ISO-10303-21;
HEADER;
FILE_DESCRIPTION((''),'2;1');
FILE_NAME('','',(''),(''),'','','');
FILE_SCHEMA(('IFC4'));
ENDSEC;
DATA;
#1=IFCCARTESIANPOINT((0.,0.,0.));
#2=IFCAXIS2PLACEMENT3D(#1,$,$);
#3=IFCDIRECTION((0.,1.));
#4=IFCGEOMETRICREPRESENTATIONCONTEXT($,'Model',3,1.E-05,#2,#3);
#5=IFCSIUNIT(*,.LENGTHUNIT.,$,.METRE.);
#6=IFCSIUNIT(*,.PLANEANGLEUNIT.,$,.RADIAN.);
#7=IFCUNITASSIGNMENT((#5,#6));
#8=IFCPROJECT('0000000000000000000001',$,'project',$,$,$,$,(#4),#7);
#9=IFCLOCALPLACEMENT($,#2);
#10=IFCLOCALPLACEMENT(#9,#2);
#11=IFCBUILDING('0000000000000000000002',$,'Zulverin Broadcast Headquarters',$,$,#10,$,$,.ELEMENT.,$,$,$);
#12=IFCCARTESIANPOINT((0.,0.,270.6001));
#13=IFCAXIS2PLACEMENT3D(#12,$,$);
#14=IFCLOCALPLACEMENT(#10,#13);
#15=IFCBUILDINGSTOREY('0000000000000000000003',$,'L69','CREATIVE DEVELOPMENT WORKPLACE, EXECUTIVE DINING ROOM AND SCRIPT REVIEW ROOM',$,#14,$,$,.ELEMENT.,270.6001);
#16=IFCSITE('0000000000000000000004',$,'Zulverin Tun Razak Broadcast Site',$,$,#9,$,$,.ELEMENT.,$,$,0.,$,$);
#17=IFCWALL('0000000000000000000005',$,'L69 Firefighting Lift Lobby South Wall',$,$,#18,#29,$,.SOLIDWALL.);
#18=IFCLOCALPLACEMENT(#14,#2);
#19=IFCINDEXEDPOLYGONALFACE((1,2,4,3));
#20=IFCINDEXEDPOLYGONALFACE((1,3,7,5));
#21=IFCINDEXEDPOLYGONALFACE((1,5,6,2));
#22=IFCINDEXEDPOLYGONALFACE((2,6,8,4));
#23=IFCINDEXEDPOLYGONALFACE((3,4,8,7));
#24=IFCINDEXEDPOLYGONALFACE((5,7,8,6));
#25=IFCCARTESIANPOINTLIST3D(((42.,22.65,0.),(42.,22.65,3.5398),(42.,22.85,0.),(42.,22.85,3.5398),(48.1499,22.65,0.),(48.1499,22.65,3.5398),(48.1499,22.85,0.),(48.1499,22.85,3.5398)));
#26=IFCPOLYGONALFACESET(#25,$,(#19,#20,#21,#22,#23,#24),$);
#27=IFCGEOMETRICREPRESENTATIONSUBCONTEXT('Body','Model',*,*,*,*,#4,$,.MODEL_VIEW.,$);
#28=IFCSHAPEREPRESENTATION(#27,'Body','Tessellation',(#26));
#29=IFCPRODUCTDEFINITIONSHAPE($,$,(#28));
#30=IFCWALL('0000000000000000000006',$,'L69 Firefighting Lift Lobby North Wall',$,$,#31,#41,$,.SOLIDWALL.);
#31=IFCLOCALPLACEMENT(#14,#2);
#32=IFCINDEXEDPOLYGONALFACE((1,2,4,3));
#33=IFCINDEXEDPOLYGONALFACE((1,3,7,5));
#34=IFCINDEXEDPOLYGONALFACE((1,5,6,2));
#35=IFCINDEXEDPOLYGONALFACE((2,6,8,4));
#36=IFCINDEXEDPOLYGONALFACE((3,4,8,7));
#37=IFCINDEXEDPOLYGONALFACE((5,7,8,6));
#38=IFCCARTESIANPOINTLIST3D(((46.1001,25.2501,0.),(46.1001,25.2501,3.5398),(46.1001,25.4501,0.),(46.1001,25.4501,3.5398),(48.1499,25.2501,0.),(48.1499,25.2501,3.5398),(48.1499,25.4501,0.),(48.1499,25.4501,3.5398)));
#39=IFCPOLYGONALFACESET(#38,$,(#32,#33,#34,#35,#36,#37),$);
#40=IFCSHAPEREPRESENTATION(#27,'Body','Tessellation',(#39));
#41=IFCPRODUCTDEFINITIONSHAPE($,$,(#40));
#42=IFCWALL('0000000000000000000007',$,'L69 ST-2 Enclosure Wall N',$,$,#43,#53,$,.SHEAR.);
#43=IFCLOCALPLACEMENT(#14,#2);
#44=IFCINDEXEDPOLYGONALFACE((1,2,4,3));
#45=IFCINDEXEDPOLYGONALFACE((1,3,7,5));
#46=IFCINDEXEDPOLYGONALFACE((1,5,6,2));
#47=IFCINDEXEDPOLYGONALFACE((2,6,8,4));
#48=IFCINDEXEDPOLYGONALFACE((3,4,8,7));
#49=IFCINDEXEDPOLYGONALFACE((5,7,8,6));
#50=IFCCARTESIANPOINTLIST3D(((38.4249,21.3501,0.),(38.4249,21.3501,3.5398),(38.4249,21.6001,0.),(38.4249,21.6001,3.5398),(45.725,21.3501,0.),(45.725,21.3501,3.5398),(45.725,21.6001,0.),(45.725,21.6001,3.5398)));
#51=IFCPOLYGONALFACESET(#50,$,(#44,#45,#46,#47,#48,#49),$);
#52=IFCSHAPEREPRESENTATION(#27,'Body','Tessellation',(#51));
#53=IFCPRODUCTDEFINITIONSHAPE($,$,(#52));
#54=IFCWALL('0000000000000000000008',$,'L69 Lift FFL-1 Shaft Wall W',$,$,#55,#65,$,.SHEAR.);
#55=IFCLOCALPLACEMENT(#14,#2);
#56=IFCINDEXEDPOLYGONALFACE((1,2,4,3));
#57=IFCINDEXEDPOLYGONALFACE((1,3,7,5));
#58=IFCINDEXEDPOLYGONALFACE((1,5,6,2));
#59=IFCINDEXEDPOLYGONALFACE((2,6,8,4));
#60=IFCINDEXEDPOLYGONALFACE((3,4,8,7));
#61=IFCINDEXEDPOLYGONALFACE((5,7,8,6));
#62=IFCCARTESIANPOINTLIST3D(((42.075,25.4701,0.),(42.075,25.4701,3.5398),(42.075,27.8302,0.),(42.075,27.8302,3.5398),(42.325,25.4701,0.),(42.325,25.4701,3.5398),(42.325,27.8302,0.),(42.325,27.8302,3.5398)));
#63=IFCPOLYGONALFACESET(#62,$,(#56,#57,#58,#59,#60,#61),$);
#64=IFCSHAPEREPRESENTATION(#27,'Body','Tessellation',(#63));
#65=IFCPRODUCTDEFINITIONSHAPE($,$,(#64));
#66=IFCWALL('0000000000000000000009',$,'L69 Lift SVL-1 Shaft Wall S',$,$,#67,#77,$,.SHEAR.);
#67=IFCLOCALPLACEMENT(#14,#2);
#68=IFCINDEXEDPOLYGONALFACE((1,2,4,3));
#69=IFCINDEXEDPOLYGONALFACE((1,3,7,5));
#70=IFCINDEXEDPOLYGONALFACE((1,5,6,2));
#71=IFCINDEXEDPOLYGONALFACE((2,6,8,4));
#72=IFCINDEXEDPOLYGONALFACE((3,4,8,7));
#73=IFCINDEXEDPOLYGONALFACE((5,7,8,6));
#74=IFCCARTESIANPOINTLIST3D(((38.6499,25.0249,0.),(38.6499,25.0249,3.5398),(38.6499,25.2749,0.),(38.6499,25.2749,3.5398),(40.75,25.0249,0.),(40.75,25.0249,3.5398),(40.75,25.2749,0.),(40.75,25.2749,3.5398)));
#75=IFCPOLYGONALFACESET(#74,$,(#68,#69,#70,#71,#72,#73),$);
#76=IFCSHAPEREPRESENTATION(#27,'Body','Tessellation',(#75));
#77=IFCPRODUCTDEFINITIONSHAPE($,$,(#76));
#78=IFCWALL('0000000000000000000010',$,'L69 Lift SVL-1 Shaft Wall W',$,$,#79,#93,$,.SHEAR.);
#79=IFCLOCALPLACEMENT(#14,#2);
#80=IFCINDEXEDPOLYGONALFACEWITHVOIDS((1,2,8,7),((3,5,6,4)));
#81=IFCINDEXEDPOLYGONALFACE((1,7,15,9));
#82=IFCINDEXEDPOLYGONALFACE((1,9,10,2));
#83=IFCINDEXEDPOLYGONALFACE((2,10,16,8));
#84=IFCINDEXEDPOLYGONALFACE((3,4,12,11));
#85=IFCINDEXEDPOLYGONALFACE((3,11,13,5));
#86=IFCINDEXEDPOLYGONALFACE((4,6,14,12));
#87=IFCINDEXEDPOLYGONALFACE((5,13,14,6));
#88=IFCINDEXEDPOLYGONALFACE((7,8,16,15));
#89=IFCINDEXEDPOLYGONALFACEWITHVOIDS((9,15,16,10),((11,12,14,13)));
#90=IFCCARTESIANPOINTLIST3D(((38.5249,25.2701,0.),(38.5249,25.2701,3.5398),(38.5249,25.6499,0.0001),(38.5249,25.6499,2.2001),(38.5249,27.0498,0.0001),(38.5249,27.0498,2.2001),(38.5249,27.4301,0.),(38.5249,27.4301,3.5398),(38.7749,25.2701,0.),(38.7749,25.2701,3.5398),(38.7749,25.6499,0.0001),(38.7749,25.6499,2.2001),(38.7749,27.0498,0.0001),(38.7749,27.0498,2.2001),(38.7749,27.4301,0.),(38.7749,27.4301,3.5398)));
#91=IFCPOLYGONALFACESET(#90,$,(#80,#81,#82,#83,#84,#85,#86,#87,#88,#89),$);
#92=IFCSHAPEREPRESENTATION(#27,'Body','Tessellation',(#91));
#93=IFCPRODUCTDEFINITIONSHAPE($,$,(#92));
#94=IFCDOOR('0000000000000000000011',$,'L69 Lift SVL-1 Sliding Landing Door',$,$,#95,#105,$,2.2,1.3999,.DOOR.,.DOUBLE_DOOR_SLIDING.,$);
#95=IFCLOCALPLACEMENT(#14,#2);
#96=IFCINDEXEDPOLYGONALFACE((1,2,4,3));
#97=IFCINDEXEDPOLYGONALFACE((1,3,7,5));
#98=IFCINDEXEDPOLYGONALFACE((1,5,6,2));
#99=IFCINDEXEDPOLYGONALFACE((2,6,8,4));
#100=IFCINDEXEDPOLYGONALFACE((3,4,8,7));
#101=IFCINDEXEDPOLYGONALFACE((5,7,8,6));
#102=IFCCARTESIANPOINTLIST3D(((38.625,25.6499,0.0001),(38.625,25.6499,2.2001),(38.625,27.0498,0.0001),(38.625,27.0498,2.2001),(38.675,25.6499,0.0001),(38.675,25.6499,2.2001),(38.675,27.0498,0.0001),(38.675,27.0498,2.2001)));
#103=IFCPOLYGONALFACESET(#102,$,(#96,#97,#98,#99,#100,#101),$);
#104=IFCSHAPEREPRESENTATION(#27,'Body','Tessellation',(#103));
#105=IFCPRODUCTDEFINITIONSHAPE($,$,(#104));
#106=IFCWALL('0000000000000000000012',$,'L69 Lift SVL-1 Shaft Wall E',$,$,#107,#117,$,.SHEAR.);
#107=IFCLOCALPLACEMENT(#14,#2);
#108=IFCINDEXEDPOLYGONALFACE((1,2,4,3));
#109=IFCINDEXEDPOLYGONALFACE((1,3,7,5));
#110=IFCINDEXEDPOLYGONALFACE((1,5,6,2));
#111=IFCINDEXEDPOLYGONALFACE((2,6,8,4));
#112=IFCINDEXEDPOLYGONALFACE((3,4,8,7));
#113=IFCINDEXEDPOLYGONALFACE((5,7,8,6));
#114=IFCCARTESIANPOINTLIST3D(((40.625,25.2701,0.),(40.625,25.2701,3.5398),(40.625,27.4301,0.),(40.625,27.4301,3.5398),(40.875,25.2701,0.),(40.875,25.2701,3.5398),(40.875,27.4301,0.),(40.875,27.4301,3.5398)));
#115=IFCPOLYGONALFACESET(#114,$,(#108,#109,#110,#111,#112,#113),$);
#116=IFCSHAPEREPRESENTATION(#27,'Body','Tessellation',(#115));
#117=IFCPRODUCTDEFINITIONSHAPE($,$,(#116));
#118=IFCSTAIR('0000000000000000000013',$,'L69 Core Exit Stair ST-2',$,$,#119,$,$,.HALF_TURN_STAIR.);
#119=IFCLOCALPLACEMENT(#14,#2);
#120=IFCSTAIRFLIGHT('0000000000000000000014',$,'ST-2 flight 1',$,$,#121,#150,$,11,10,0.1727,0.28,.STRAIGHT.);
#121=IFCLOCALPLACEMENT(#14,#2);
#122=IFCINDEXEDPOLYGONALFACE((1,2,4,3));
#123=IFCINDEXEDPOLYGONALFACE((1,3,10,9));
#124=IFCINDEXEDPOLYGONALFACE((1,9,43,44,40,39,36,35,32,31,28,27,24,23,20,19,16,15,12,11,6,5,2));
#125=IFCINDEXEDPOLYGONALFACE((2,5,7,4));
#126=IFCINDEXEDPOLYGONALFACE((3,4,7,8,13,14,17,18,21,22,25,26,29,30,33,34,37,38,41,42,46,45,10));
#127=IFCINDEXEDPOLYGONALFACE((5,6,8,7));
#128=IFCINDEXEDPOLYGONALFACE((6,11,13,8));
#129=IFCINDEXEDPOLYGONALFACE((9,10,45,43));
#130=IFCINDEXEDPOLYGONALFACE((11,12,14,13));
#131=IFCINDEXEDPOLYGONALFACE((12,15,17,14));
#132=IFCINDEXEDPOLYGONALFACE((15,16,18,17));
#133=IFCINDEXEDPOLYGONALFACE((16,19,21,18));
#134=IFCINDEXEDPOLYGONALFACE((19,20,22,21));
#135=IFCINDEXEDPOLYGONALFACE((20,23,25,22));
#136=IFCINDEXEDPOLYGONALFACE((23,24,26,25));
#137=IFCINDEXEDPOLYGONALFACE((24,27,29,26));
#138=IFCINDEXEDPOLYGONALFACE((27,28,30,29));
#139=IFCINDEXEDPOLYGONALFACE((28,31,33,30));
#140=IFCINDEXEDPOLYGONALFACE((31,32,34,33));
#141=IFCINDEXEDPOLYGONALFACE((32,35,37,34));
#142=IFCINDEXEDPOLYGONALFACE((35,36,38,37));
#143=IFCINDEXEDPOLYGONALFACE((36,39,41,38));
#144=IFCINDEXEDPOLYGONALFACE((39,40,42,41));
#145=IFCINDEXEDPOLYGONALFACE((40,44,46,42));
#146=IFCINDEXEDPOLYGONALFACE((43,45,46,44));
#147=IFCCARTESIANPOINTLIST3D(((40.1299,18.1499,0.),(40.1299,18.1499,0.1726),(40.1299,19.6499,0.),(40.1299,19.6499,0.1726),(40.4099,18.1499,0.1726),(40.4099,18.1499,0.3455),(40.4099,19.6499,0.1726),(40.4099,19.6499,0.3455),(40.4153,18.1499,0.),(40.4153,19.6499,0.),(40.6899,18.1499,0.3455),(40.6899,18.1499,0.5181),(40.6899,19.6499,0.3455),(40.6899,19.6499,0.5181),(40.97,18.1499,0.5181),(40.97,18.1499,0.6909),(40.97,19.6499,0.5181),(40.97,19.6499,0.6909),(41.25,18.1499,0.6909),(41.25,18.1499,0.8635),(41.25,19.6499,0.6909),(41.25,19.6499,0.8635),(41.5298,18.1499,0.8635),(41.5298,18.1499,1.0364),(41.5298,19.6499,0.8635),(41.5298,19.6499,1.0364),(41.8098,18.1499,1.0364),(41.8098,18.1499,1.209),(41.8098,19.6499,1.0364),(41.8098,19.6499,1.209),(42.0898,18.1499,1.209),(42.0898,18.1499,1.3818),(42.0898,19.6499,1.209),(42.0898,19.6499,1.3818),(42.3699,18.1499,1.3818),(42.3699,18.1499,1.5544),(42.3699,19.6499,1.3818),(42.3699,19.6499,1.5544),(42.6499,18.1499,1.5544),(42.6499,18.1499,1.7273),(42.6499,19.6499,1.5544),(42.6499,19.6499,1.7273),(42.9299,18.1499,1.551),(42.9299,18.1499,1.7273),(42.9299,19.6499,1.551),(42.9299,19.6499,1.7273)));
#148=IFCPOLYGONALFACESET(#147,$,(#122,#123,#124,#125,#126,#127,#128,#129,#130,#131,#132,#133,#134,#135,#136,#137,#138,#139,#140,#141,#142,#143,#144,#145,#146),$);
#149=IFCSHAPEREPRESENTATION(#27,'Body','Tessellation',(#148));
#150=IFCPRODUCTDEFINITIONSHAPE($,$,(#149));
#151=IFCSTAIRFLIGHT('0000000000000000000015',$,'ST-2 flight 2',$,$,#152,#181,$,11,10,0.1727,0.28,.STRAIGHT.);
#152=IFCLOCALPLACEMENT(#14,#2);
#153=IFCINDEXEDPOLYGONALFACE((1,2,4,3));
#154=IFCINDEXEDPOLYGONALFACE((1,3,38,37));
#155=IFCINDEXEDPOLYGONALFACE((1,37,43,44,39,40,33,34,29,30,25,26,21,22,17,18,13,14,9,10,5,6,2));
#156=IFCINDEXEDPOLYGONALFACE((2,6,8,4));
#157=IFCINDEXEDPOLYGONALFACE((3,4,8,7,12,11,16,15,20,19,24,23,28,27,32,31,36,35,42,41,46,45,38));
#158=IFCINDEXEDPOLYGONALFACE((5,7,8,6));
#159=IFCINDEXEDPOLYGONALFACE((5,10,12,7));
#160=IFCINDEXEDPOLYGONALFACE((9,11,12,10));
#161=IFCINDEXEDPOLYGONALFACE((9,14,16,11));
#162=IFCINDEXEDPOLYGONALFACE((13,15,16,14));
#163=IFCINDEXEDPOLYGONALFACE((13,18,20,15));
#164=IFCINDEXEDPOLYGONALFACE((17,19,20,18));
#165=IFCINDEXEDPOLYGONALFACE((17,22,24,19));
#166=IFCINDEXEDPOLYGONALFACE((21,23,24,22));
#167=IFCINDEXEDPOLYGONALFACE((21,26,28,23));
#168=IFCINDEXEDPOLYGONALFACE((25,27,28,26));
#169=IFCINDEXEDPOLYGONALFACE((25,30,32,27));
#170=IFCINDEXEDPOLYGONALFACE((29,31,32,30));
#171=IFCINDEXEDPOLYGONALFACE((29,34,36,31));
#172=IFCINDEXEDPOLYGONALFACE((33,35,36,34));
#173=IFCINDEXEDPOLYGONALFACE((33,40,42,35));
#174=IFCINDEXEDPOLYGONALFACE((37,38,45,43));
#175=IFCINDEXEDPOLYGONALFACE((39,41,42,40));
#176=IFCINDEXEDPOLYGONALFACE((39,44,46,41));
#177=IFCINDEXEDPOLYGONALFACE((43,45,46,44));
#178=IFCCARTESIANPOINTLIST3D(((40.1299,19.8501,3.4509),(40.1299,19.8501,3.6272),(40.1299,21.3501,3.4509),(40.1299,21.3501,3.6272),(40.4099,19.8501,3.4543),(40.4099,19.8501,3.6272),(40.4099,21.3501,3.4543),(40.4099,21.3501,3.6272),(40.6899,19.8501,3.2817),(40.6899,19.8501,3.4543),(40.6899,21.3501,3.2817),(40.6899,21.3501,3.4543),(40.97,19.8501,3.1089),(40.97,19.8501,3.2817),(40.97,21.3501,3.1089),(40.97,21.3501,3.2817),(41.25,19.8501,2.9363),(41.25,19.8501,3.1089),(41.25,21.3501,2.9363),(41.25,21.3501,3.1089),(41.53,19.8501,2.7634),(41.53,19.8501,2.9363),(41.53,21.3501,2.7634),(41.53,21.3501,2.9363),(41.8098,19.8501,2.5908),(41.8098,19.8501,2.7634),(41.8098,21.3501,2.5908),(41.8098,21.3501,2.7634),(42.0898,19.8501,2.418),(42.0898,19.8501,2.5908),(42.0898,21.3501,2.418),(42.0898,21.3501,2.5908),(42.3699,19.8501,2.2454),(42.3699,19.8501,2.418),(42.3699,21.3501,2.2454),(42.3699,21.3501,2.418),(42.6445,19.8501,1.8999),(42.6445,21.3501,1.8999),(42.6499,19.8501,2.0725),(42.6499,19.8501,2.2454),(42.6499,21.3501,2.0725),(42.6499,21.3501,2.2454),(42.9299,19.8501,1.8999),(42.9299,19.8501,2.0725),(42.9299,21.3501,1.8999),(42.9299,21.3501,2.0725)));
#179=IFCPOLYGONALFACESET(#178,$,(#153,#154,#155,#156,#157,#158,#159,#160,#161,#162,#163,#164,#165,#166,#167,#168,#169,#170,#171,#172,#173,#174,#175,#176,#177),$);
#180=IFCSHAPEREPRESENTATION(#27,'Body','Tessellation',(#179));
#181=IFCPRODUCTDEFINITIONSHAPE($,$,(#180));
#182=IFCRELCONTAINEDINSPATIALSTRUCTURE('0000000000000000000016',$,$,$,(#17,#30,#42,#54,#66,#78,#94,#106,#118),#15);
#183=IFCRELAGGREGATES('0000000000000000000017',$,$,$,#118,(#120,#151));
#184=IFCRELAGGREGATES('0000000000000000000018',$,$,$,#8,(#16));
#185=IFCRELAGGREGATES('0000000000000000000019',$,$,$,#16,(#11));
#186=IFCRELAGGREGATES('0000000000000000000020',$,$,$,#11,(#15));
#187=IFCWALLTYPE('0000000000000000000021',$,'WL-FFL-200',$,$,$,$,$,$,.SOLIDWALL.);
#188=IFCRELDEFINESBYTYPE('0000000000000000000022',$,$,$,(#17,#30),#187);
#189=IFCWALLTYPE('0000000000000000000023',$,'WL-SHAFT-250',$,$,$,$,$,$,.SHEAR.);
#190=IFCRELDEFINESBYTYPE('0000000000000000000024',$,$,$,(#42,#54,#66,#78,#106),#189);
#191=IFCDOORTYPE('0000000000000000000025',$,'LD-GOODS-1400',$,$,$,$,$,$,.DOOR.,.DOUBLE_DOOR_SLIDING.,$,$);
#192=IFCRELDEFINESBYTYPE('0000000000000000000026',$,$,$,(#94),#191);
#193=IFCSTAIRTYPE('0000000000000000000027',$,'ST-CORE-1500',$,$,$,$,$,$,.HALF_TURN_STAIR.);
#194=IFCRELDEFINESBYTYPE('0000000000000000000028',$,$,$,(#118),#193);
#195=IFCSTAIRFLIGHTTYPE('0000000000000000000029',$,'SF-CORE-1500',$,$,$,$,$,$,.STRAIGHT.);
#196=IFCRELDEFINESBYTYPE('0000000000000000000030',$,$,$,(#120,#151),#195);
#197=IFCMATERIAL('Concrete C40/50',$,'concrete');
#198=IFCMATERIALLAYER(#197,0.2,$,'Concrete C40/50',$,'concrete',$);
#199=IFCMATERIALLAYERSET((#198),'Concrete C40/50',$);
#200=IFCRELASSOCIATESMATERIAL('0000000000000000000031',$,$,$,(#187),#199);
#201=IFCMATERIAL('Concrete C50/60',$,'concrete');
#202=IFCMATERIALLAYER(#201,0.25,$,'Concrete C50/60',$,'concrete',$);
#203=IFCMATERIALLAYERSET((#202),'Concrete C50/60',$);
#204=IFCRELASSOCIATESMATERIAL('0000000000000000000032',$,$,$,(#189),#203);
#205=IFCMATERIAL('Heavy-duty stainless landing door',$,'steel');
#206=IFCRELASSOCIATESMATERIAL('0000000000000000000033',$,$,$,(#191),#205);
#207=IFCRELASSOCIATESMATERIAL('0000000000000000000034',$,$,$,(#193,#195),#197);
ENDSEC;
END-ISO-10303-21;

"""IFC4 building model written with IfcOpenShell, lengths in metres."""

from ifc_helpers import new_model, si_unit, direction, frame, frame_2d, origin, place, context, subcontext, project, spatial, polyline, rectangle, outline, extrude, material, layer, layer_set, type_object, element, fill, aggregate, save


model = new_model("IFC4")

# Units and contexts
model_context = context("Model", 3, precision=1e-05, world=origin(), true_north=direction((0.0, 1.0)))
body_context = subcontext(model_context, "Body", "Model", "MODEL_VIEW")
ifc_project = project(units=[si_unit("LENGTHUNIT", "METRE"), si_unit("PLANEANGLEUNIT", "RADIAN")], contexts=[model_context])

# Site, building, storey
site_placement = place(None, origin())
site = spatial("IfcSite", under=ifc_project, at=site_placement, Name="Zulverin Tun Razak Broadcast Site", CompositionType="ELEMENT", RefElevation=0.0)
building_placement = place(site_placement, origin())
building = spatial("IfcBuilding", under=site, at=building_placement, Name="Zulverin Broadcast Headquarters", CompositionType="ELEMENT")
storey_placement = place(building_placement, frame((0.0, 0.0, 270.6001)))
storey = spatial("IfcBuildingStorey", under=building, at=storey_placement, Name="L69", Description="CREATIVE DEVELOPMENT WORKPLACE, EXECUTIVE DINING ROOM AND SCRIPT REVIEW ROOM", CompositionType="ELEMENT", Elevation=270.6001)

# Shared definitions
ifc_material_1 = material(Name="Concrete C40/50", Category="concrete")
ifc_layer_1 = layer(ifc_material_1, 0.2, Name="Concrete C40/50", Category="concrete")
ifc_layer_set_1 = layer_set([ifc_layer_1], Name="Concrete C40/50")
wall_type_1 = type_object("IfcWallType", Name="WL-FFL-200", PredefinedType="SOLIDWALL", material=ifc_layer_set_1)

# Walls
wall_1_placement = place(storey_placement, frame((42.0, 22.75, 0.0), z_axis=(0.0, 0.0, 1.0), x_axis=(1.0, 0.0, 0.0)))
element("IfcWall", 1, at=wall_1_placement, inside=storey, type_object=wall_type_1, Name="L69 Firefighting Lift Lobby South Wall", PredefinedType="SOLIDWALL", context=body_context, shape_type="SweptSolid", body=[
    extrude(rectangle(XDim=6.1499, YDim=0.2, at=frame_2d((3.075, 0.0))), origin(), (0.0, 0.0, 1.0), 3.5398),
])
wall_2_placement = place(storey_placement, frame((46.1001, 25.3501, 0.0), z_axis=(0.0, 0.0, 1.0), x_axis=(1.0, 0.0, 0.0)))
element("IfcWall", 2, at=wall_2_placement, inside=storey, type_object=wall_type_1, Name="L69 Firefighting Lift Lobby North Wall", PredefinedType="SOLIDWALL", context=body_context, shape_type="SweptSolid", body=[
    extrude(rectangle(XDim=2.0498, YDim=0.2, at=frame_2d((1.0249, 0.0))), origin(), (0.0, 0.0, 1.0), 3.5398),
])
ifc_material_2 = material(Name="Concrete C50/60", Category="concrete")
ifc_layer_2 = layer(ifc_material_2, 0.25, Name="Concrete C50/60", Category="concrete")
ifc_layer_set_2 = layer_set([ifc_layer_2], Name="Concrete C50/60")
wall_type_2 = type_object("IfcWallType", Name="WL-SHAFT-250", PredefinedType="SHEAR", material=ifc_layer_set_2)
wall_3_placement = place(storey_placement, frame((38.425, 21.4751, 0.0), z_axis=(0.0, 0.0, 1.0), x_axis=(1.0, 0.0, 0.0)))
element("IfcWall", 3, at=wall_3_placement, inside=storey, type_object=wall_type_2, Name="L69 ST-2 Enclosure Wall N", PredefinedType="SHEAR", context=body_context, shape_type="SweptSolid", body=[
    extrude(rectangle(XDim=7.3, YDim=0.25, at=frame_2d((3.6499, 0.0))), origin(), (0.0, 0.0, 1.0), 3.5398),
])

# Wall
wall_4_placement = place(storey_placement, frame((42.2, 25.47, 0.0), z_axis=(0.0, 0.0, 1.0), x_axis=(0.0, 1.0, 0.0)))
element("IfcWall", 4, at=wall_4_placement, inside=storey, type_object=wall_type_2, Name="L69 Lift FFL-1 Shaft Wall W", PredefinedType="SHEAR", context=body_context, shape_type="SweptSolid", body=[
    extrude(rectangle(XDim=2.3601, YDim=0.25, at=frame_2d((1.1802, 0.0))), origin(), (0.0, 0.0, 1.0), 3.5398),
])

# Wall
wall_5_placement = place(storey_placement, frame((38.6499, 25.1499, 0.0), z_axis=(0.0, 0.0, 1.0), x_axis=(1.0, 0.0, 0.0)))
element("IfcWall", 5, at=wall_5_placement, inside=storey, type_object=wall_type_2, Name="L69 Lift SVL-1 Shaft Wall S", PredefinedType="SHEAR", context=body_context, shape_type="SweptSolid", body=[
    extrude(rectangle(XDim=2.1001, YDim=0.25, at=frame_2d((1.05, 0.0))), origin(), (0.0, 0.0, 1.0), 3.5398),
])

# Wall, opening, door
wall_6_placement = place(storey_placement, frame((38.6499, 25.27, 0.0), z_axis=(0.0, 0.0, 1.0), x_axis=(0.0, 1.0, 0.0)))
wall_6 = element("IfcWall", 6, at=wall_6_placement, inside=storey, type_object=wall_type_2, Name="L69 Lift SVL-1 Shaft Wall W", PredefinedType="SHEAR", context=body_context, shape_type="SweptSolid", body=[
    extrude(rectangle(XDim=2.1599, YDim=0.25, at=frame_2d((1.0801, 0.0))), origin(), (0.0, 0.0, 1.0), 3.5398),
])
opening_1_placement = place(wall_6_placement, frame((0.3799, 0.0, 0.0)))
opening_1 = element("IfcOpeningElement", 7, at=opening_1_placement, cuts=wall_6, PredefinedType="OPENING", context=body_context, shape_type="SweptSolid", body=[
    extrude(rectangle(XDim=1.3999, YDim=2.2, at=frame_2d((0.7, 1.1001))), frame((0.0, 0.135, 0.0), z_axis=(0.0, -1.0, 0.0), x_axis=(1.0, 0.0, 0.0)), (0.0, 0.0, 1.0), 0.27),
])
ifc_material_3 = material(Name="Heavy-duty stainless landing door", Category="steel")
door_type_1 = type_object("IfcDoorType", Name="LD-GOODS-1400", OperationType="DOUBLE_DOOR_SLIDING", PredefinedType="DOOR", material=ifc_material_3)
door_1_placement = place(opening_1_placement, origin())
door_1 = element("IfcDoor", 8, at=door_1_placement, inside=storey, type_object=door_type_1, Name="L69 Lift SVL-1 Sliding Landing Door", OperationType="DOUBLE_DOOR_SLIDING", OverallHeight=2.2, OverallWidth=1.3999, PredefinedType="DOOR", context=body_context, shape_type="SweptSolid", body=[
    extrude(rectangle(XDim=1.3999, YDim=2.2, at=frame_2d((0.7, 1.1001))), frame((0.0, 0.0249, 0.0), z_axis=(0.0, -1.0, 0.0), x_axis=(1.0, 0.0, 0.0)), (0.0, 0.0, 1.0), 0.05),
])
fill(opening_1, door_1)

# Wall
wall_7_placement = place(storey_placement, frame((40.75, 25.27, 0.0), z_axis=(0.0, 0.0, 1.0), x_axis=(0.0, 1.0, 0.0)))
element("IfcWall", 9, at=wall_7_placement, inside=storey, type_object=wall_type_2, Name="L69 Lift SVL-1 Shaft Wall E", PredefinedType="SHEAR", context=body_context, shape_type="SweptSolid", body=[
    extrude(rectangle(XDim=2.1599, YDim=0.25, at=frame_2d((1.0801, 0.0))), origin(), (0.0, 0.0, 1.0), 3.5398),
])

# Stair, stair flights
stair_type = type_object("IfcStairType", Name="ST-CORE-1500", PredefinedType="HALF_TURN_STAIR", material=ifc_material_1)
stair_placement = place(storey_placement, origin())
stair = element("IfcStair", 10, at=stair_placement, inside=storey, type_object=stair_type, Name="L69 Core Exit Stair ST-2", PredefinedType="HALF_TURN_STAIR")
stair_flight_type = type_object("IfcStairFlightType", Name="SF-CORE-1500", PredefinedType="STRAIGHT", material=ifc_material_1)
stair_flight_1_placement = place(storey_placement, frame((40.1299, 18.8999, 0.0), z_axis=(0.0, 0.0, 1.0), x_axis=(1.0, 0.0, 0.0)))
stair_flight_1 = element("IfcStairFlight", 11, at=stair_flight_1_placement, type_object=stair_flight_type, Name="ST-2 flight 1", NumberOfRisers=11, NumberOfTreads=10, PredefinedType="STRAIGHT", RiserHeight=0.1727, TreadLength=0.28, context=body_context, shape_type="SweptSolid", body=[
    extrude(outline(polyline([(0.0, 0.0), (0.0, 0.1726), (0.28, 0.1726), (0.28, 0.3455), (0.5601, 0.3455), (0.5601, 0.5181), (0.8401, 0.5181), (0.8401, 0.6909), (1.1201, 0.6909), (1.1201, 0.8635), (1.3999, 0.8635), (1.3999, 1.0364), (1.6799, 1.0364), (1.6799, 1.209), (1.96, 1.209), (1.96, 1.3818), (2.24, 1.3818), (2.24, 1.5544), (2.52, 1.5544), (2.52, 1.7273), (2.8, 1.7273), (2.8, 1.8999), (2.8, 1.551), (0.2854, 0.0), (0.0, 0.0)])), frame((0.0, 0.75, 0.0), z_axis=(0.0, -1.0, 0.0), x_axis=(1.0, 0.0, 0.0)), (0.0, 0.0, 1.0), 1.5),
])
stair_flight_2_placement = place(storey_placement, frame((42.9299, 20.6001, 1.8999), z_axis=(0.0, 0.0, 1.0), x_axis=(-1.0, 0.0, 0.0)))
stair_flight_2 = element("IfcStairFlight", 12, at=stair_flight_2_placement, type_object=stair_flight_type, Name="ST-2 flight 2", NumberOfRisers=11, NumberOfTreads=10, PredefinedType="STRAIGHT", RiserHeight=0.1727, TreadLength=0.28, context=body_context, shape_type="SweptSolid", body=[
    extrude(outline(polyline([(0.0, 0.0), (0.0, 0.1726), (0.28, 0.1726), (0.28, 0.3455), (0.5601, 0.3455), (0.5601, 0.5181), (0.8401, 0.5181), (0.8401, 0.6909), (1.1201, 0.6909), (1.1201, 0.8635), (1.3999, 0.8635), (1.3999, 1.0364), (1.6799, 1.0364), (1.6799, 1.209), (1.96, 1.209), (1.96, 1.3818), (2.24, 1.3818), (2.24, 1.5544), (2.52, 1.5544), (2.52, 1.7273), (2.8, 1.7273), (2.8, 1.8999), (2.8, 1.551), (0.2854, 0.0), (0.0, 0.0)])), frame((0.0, 0.75, 0.0), z_axis=(0.0, -1.0, 0.0), x_axis=(1.0, 0.0, 0.0)), (0.0, 0.0, 1.0), 1.5),
])
aggregate(stair, [stair_flight_1, stair_flight_2])

save(model, "model.ifc")
